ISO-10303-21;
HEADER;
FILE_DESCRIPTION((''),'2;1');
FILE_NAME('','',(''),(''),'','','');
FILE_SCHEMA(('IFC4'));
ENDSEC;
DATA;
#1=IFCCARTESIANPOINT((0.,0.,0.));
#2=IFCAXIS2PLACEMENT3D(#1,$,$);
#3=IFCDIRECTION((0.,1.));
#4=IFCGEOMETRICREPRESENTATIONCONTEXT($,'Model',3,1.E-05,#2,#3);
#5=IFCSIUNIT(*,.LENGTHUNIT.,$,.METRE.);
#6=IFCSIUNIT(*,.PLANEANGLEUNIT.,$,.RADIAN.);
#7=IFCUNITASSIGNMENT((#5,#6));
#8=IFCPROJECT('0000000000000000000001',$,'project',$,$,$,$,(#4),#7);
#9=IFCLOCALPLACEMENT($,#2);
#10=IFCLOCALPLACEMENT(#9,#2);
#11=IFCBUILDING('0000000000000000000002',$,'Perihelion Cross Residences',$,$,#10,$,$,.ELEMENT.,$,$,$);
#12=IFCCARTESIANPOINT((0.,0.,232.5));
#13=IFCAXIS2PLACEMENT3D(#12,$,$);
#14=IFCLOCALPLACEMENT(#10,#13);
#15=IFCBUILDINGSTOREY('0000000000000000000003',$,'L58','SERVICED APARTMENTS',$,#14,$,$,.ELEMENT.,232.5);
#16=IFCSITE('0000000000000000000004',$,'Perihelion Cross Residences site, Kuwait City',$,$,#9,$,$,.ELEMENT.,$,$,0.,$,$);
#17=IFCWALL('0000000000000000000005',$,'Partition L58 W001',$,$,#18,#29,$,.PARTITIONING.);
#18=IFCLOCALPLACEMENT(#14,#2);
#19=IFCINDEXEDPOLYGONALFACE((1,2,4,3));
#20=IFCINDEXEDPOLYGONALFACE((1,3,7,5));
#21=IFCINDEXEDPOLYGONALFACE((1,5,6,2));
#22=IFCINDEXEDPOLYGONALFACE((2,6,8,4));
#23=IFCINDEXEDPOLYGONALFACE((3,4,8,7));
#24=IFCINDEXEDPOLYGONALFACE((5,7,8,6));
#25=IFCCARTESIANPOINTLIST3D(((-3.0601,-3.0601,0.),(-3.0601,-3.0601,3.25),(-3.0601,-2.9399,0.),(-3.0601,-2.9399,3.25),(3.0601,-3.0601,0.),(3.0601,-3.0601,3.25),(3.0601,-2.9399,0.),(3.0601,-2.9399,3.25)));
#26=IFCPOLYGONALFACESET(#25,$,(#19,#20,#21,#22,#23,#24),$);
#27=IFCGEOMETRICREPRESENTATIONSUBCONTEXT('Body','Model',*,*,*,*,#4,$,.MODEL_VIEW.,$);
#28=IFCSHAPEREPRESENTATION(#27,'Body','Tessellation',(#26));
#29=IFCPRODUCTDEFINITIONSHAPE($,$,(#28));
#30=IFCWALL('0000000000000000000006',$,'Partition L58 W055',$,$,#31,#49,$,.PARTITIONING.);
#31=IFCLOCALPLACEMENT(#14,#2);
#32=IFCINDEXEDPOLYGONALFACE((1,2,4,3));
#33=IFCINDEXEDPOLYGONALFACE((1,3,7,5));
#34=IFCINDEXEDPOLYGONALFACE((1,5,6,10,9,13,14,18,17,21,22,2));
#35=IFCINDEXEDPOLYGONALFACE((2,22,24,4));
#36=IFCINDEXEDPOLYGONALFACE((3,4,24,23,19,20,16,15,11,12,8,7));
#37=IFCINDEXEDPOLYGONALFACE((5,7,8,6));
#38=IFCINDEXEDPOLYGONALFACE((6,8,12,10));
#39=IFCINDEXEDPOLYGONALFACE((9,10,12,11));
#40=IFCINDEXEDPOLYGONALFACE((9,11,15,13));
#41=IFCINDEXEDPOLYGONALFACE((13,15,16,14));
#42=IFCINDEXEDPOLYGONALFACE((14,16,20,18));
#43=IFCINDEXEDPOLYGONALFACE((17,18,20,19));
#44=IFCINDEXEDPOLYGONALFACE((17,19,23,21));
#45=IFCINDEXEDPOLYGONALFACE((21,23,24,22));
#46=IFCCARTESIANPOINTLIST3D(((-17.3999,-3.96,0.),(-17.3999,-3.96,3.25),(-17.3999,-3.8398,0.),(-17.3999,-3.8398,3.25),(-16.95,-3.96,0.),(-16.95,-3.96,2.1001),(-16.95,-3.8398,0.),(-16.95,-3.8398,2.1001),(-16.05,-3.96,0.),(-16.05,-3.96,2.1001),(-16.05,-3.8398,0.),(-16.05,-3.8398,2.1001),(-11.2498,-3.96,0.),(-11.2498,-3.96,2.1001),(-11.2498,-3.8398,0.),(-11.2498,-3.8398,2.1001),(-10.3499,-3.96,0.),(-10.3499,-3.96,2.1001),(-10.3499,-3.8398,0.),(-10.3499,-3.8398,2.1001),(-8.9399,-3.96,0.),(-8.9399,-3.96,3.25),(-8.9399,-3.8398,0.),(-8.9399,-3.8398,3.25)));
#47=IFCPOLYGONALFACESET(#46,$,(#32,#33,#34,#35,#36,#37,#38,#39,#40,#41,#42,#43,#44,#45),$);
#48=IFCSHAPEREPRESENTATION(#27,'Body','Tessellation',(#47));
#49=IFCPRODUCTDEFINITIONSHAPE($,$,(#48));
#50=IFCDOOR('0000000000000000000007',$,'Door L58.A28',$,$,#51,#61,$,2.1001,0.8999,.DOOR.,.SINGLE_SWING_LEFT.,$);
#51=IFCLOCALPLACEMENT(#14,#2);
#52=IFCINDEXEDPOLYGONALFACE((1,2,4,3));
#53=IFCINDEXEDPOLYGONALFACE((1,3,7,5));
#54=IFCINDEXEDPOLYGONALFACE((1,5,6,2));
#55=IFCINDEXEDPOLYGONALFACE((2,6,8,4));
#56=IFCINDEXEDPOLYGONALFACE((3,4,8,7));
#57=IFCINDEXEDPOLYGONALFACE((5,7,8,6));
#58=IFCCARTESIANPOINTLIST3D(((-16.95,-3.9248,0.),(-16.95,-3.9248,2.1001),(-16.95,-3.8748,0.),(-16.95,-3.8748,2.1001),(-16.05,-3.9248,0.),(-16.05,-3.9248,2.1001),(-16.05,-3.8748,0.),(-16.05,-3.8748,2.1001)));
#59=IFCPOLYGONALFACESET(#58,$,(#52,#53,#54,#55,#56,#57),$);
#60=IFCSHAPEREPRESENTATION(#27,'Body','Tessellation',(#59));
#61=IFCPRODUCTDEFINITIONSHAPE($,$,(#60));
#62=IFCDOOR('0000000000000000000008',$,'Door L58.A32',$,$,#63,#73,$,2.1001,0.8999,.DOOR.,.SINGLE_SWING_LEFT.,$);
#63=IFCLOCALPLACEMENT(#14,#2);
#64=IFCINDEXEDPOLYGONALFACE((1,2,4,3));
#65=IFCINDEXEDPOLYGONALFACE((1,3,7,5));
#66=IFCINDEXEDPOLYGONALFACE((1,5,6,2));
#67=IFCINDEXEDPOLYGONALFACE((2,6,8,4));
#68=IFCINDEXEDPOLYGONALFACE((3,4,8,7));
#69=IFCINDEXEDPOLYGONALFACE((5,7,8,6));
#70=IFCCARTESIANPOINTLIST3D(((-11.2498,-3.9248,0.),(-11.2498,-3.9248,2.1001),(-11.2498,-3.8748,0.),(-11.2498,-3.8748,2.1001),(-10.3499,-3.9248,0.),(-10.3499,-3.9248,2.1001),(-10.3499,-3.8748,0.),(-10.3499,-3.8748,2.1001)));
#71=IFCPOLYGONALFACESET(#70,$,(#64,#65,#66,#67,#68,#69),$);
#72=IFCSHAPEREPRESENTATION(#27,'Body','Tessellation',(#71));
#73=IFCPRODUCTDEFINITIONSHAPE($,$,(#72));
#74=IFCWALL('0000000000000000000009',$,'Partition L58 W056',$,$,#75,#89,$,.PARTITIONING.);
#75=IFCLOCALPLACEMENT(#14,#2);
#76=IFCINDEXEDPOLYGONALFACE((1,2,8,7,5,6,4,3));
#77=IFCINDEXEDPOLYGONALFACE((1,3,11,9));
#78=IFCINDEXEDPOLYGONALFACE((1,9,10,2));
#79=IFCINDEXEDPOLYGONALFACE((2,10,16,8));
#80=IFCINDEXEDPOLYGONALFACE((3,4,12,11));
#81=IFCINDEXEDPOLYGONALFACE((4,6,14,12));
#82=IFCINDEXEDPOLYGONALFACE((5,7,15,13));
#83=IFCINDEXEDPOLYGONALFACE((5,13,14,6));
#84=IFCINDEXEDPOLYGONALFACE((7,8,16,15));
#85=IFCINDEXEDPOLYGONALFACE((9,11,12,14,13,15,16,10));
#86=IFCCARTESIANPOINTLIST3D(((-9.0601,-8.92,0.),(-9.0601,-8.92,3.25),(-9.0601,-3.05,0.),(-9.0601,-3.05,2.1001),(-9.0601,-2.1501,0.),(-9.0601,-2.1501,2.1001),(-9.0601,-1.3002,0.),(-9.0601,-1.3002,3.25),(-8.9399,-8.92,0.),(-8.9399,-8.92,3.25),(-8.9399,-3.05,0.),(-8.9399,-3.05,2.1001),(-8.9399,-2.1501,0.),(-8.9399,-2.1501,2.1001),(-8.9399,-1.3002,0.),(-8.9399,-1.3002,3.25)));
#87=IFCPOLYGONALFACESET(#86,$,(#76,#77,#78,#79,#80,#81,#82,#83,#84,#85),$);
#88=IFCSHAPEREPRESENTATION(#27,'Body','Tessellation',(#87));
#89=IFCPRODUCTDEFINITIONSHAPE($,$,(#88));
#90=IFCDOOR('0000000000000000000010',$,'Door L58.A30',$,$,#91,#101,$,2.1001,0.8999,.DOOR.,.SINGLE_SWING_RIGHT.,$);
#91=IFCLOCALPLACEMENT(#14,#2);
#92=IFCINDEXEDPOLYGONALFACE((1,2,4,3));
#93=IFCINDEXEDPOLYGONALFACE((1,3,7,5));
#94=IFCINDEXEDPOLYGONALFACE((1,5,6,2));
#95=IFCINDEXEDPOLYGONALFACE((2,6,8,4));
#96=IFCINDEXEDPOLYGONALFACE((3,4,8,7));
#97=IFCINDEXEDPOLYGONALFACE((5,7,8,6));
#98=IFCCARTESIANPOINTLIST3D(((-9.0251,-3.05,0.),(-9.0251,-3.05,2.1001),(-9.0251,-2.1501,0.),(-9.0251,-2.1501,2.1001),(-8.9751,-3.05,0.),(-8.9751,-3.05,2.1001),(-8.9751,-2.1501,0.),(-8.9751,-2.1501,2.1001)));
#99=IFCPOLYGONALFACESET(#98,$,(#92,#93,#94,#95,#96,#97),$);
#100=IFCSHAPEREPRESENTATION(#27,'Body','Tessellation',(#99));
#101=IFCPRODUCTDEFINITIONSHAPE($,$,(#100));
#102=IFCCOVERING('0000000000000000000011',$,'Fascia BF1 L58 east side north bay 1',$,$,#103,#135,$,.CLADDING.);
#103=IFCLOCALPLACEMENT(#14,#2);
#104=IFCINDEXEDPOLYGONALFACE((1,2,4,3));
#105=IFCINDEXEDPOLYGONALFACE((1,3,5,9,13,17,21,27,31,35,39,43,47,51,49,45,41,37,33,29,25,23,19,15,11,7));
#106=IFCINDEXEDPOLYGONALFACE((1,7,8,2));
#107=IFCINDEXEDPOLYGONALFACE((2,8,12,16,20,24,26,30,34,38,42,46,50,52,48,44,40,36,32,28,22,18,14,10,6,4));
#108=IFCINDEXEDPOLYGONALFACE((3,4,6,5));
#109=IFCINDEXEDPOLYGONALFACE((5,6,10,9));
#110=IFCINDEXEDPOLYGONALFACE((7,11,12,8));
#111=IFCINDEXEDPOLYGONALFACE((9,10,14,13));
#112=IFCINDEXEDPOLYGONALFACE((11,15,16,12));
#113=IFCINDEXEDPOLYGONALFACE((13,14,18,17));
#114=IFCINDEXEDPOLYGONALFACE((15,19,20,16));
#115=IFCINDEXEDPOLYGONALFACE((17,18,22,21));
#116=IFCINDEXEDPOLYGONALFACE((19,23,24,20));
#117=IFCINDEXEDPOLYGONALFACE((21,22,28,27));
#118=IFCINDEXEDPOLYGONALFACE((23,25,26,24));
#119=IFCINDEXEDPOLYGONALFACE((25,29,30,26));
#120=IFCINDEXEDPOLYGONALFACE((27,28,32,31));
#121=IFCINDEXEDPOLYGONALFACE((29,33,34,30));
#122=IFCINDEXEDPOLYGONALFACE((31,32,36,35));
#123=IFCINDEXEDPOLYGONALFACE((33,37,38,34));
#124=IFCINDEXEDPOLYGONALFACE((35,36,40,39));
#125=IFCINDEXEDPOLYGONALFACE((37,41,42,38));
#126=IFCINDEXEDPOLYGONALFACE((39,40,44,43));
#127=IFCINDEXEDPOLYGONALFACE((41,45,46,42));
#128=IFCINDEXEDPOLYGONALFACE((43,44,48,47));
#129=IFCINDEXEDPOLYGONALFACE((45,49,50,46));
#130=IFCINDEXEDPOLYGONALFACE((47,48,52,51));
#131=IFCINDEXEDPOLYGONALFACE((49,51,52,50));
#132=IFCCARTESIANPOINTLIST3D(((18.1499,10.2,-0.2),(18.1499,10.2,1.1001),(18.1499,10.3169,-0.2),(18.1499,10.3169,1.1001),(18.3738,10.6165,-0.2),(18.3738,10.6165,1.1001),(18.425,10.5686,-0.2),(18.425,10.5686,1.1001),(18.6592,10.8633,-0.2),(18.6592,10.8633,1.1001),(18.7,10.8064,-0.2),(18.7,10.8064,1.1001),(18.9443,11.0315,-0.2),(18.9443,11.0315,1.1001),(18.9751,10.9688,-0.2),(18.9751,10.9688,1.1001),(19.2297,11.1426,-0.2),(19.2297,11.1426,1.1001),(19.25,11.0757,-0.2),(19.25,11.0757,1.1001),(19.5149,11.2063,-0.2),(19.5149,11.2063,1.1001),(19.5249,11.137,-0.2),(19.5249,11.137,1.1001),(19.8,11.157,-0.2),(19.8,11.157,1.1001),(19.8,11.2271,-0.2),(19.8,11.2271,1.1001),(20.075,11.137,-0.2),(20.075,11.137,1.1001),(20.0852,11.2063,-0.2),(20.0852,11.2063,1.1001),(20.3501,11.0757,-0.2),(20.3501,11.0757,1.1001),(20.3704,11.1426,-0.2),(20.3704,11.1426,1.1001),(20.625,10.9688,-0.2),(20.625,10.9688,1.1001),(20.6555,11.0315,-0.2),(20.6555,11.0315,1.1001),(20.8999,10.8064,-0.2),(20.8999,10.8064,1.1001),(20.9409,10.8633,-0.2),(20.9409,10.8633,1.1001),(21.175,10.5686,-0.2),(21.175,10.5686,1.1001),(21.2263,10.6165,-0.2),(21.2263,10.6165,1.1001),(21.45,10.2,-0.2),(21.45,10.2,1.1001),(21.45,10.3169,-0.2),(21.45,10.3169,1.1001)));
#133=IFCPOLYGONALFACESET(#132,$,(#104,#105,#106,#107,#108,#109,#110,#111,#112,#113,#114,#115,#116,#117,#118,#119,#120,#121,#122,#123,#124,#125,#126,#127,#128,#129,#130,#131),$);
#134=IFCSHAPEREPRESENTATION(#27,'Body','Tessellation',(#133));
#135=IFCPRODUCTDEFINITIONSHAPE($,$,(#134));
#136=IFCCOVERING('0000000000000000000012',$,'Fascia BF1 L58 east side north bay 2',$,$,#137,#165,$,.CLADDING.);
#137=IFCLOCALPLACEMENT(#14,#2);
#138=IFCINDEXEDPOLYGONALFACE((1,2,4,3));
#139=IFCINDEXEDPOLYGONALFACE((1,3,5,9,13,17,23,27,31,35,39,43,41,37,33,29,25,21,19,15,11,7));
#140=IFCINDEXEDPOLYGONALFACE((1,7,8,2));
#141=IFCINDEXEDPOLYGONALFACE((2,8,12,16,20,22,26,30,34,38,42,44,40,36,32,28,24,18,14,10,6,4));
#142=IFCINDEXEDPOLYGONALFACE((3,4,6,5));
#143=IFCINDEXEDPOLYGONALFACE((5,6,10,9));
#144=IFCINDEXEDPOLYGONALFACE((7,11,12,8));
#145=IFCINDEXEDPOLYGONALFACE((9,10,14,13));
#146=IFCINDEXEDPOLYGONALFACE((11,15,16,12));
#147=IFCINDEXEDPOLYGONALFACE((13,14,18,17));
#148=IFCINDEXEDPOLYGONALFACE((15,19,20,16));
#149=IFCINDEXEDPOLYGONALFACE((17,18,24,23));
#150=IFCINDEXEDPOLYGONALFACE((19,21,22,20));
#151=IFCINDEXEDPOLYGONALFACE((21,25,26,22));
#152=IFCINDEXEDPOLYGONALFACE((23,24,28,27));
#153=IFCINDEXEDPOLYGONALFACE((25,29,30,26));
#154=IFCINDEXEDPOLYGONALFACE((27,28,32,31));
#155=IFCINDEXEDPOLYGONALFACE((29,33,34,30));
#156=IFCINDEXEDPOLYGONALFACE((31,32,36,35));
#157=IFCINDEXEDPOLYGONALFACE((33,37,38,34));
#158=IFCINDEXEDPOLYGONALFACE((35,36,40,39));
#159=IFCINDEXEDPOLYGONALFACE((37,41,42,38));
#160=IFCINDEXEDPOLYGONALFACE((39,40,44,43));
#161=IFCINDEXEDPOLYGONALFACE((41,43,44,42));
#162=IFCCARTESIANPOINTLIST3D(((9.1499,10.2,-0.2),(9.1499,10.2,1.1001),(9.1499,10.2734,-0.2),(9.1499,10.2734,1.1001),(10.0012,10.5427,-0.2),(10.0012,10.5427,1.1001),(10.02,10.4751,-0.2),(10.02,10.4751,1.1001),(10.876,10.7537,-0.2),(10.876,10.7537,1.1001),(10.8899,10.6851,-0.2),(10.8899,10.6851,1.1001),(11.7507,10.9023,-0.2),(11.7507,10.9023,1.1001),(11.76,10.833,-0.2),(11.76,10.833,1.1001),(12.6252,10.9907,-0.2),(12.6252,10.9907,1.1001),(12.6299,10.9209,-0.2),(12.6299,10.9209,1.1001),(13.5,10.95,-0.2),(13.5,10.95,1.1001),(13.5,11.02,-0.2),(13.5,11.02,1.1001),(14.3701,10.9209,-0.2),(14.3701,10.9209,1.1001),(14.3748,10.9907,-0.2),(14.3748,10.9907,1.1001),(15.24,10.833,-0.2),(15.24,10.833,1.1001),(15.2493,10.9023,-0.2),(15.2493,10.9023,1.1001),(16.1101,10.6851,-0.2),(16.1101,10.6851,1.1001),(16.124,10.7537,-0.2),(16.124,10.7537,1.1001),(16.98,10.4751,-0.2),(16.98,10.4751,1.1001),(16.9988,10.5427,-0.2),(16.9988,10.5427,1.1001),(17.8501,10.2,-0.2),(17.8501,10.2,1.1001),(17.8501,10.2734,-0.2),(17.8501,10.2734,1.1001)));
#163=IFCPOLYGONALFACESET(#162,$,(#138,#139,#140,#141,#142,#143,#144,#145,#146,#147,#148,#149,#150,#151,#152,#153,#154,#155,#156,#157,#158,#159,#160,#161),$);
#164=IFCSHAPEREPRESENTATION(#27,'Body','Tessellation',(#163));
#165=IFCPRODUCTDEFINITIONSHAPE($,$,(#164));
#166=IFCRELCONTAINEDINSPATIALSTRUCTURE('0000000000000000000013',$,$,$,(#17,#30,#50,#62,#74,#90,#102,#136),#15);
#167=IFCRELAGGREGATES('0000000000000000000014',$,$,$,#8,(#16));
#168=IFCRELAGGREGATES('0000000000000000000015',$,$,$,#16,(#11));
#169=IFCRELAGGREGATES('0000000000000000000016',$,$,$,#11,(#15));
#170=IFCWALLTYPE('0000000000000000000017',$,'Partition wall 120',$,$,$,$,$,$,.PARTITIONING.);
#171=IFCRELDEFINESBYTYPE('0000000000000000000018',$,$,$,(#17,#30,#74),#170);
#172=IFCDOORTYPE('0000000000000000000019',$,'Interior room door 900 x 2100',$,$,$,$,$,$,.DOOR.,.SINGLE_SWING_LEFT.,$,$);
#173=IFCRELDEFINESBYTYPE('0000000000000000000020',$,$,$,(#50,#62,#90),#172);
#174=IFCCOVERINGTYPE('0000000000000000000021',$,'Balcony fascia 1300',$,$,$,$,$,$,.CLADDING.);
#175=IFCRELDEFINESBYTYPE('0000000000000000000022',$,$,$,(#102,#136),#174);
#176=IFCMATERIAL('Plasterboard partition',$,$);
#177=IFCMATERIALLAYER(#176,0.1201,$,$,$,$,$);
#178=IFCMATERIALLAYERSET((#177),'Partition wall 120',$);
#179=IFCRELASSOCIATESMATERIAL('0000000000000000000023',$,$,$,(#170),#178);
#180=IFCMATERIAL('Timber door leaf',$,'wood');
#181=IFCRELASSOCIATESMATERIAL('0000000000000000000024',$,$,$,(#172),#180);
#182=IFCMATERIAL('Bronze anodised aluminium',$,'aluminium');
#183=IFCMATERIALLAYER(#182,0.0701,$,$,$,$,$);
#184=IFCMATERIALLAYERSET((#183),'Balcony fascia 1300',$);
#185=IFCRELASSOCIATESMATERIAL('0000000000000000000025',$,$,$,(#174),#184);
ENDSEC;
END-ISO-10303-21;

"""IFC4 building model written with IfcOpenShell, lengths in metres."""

from ifc_helpers import new_model, si_unit, direction, frame, frame_2d, origin, place, context, subcontext, project, spatial, polyline, rectangle, outline, extrude, material, layer, layer_set, type_object, element, fill, save


model = new_model("IFC4")

# Units and contexts
model_context = context("Model", 3, precision=1e-05, world=origin(), true_north=direction((0.0, 1.0)))
body_context = subcontext(model_context, "Body", "Model", "MODEL_VIEW")
ifc_project = project(units=[si_unit("LENGTHUNIT", "METRE"), si_unit("PLANEANGLEUNIT", "RADIAN")], contexts=[model_context])

# Site, building, storey
site_placement = place(None, origin())
site = spatial("IfcSite", under=ifc_project, at=site_placement, Name="Perihelion Cross Residences site, Kuwait City", CompositionType="ELEMENT", RefElevation=0.0)
building_placement = place(site_placement, origin())
building = spatial("IfcBuilding", under=site, at=building_placement, Name="Perihelion Cross Residences", CompositionType="ELEMENT")
storey_placement = place(building_placement, frame((0.0, 0.0, 232.5)))
storey = spatial("IfcBuildingStorey", under=building, at=storey_placement, Name="L58", Description="SERVICED APARTMENTS", CompositionType="ELEMENT", Elevation=232.5)

# Wall
ifc_material_1 = material(Name="Plasterboard partition")
ifc_layer_1 = layer(ifc_material_1, 0.1201)
ifc_layer_set_1 = layer_set([ifc_layer_1], Name="Partition wall 120")
wall_type_1 = type_object("IfcWallType", Name="Partition wall 120", PredefinedType="PARTITIONING", material=ifc_layer_set_1)
wall_1_placement = place(storey_placement, frame((-3.0601, -3.0, 0.0), z_axis=(0.0, 0.0, 1.0), x_axis=(1.0, 0.0, 0.0)))
element("IfcWall", 1, at=wall_1_placement, inside=storey, type_object=wall_type_1, Name="Partition L58 W001", PredefinedType="PARTITIONING", context=body_context, shape_type="SweptSolid", body=[
    extrude(rectangle(XDim=6.1201, YDim=0.1201, at=frame_2d((3.0601, 0.0))), origin(), (0.0, 0.0, 1.0), 3.25),
])

# Wall, openings, doors
wall_2_placement = place(storey_placement, frame((-8.9399, -3.8999, 0.0), z_axis=(0.0, 0.0, 1.0), x_axis=(-1.0, 0.0, 0.0)))
wall_2 = element("IfcWall", 2, at=wall_2_placement, inside=storey, type_object=wall_type_1, Name="Partition L58 W055", PredefinedType="PARTITIONING", context=body_context, shape_type="SweptSolid", body=[
    extrude(rectangle(XDim=8.46, YDim=0.1201, at=frame_2d((4.23, 0.0))), origin(), (0.0, 0.0, 1.0), 3.25),
])
opening_1_placement = place(wall_2_placement, frame((7.1101, 0.0, 0.0)))
opening_1 = element("IfcOpeningElement", 3, at=opening_1_placement, cuts=wall_2, PredefinedType="OPENING", context=body_context, shape_type="SweptSolid", body=[
    extrude(rectangle(XDim=0.8999, YDim=2.1001, at=frame_2d((0.45, 1.05))), frame((0.0, 0.0701, 0.0), z_axis=(0.0, -1.0, 0.0), x_axis=(1.0, 0.0, 0.0)), (0.0, 0.0, 1.0), 0.1401),
])
opening_2_placement = place(wall_2_placement, frame((1.4099, 0.0, 0.0)))
opening_2 = element("IfcOpeningElement", 4, at=opening_2_placement, cuts=wall_2, PredefinedType="OPENING", context=body_context, shape_type="SweptSolid", body=[
    extrude(rectangle(XDim=0.8999, YDim=2.1001, at=frame_2d((0.45, 1.05))), frame((0.0, 0.0701, 0.0), z_axis=(0.0, -1.0, 0.0), x_axis=(1.0, 0.0, 0.0)), (0.0, 0.0, 1.0), 0.1401),
])
ifc_material_2 = material(Name="Timber door leaf", Category="wood")
door_type_1 = type_object("IfcDoorType", Name="Interior room door 900 x 2100", OperationType="SINGLE_SWING_LEFT", PredefinedType="DOOR", material=ifc_material_2)
door_1_placement = place(opening_1_placement, origin())
door_1 = element("IfcDoor", 5, at=door_1_placement, inside=storey, type_object=door_type_1, Name="Door L58.A28", OperationType="SINGLE_SWING_LEFT", OverallHeight=2.1001, OverallWidth=0.8999, PredefinedType="DOOR", context=body_context, shape_type="SweptSolid", body=[
    extrude(rectangle(XDim=0.8999, YDim=2.1001, at=frame_2d((0.45, 1.05))), frame((0.0, 0.0249, 0.0), z_axis=(0.0, -1.0, 0.0), x_axis=(1.0, 0.0, 0.0)), (0.0, 0.0, 1.0), 0.05),
])
fill(opening_1, door_1)
door_2_placement = place(opening_2_placement, origin())
door_2 = element("IfcDoor", 6, at=door_2_placement, inside=storey, type_object=door_type_1, Name="Door L58.A32", OperationType="SINGLE_SWING_LEFT", OverallHeight=2.1001, OverallWidth=0.8999, PredefinedType="DOOR", context=body_context, shape_type="SweptSolid", body=[
    extrude(rectangle(XDim=0.8999, YDim=2.1001, at=frame_2d((0.45, 1.05))), frame((0.0, 0.0249, 0.0), z_axis=(0.0, -1.0, 0.0), x_axis=(1.0, 0.0, 0.0)), (0.0, 0.0, 1.0), 0.05),
])
fill(opening_2, door_2)

# Wall, opening, door
wall_3_placement = place(storey_placement, frame((-9.0, -1.3, 0.0), z_axis=(0.0, 0.0, 1.0), x_axis=(0.0, -1.0, 0.0)))
wall_3 = element("IfcWall", 7, at=wall_3_placement, inside=storey, type_object=wall_type_1, Name="Partition L58 W056", PredefinedType="PARTITIONING", context=body_context, shape_type="SweptSolid", body=[
    extrude(rectangle(XDim=7.6199, YDim=0.1201, at=frame_2d((3.8101, 0.0))), origin(), (0.0, 0.0, 1.0), 3.25),
])
opening_3_placement = place(wall_3_placement, frame((0.8501, 0.0, 0.0)))
opening_3 = element("IfcOpeningElement", 8, at=opening_3_placement, cuts=wall_3, PredefinedType="OPENING", context=body_context, shape_type="SweptSolid", body=[
    extrude(rectangle(XDim=0.8999, YDim=2.1001, at=frame_2d((0.45, 1.05))), frame((0.0, 0.0701, 0.0), z_axis=(0.0, -1.0, 0.0), x_axis=(1.0, 0.0, 0.0)), (0.0, 0.0, 1.0), 0.1401),
])
door_3_placement = place(opening_3_placement, origin())
door_3 = element("IfcDoor", 9, at=door_3_placement, inside=storey, type_object=door_type_1, Name="Door L58.A30", OperationType="SINGLE_SWING_RIGHT", OverallHeight=2.1001, OverallWidth=0.8999, PredefinedType="DOOR", context=body_context, shape_type="SweptSolid", body=[
    extrude(rectangle(XDim=0.8999, YDim=2.1001, at=frame_2d((0.45, 1.05))), frame((0.0, 0.0249, 0.0), z_axis=(0.0, -1.0, 0.0), x_axis=(1.0, 0.0, 0.0)), (0.0, 0.0, 1.0), 0.05),
])
fill(opening_3, door_3)

# Coverings
ifc_material_3 = material(Name="Bronze anodised aluminium", Category="aluminium")
ifc_layer_2 = layer(ifc_material_3, 0.0701)
ifc_layer_set_2 = layer_set([ifc_layer_2], Name="Balcony fascia 1300")
covering_type = type_object("IfcCoveringType", Name="Balcony fascia 1300", PredefinedType="CLADDING", material=ifc_layer_set_2)
covering_1_placement = place(storey_placement, frame((0.0, 0.0, -0.2)))
element("IfcCovering", 10, at=covering_1_placement, inside=storey, type_object=covering_type, Name="Fascia BF1 L58 east side north bay 1", PredefinedType="CLADDING", context=body_context, shape_type="SweptSolid", body=[
    extrude(outline(polyline([(21.2263, 10.6165), (20.9409, 10.8633), (20.6555, 11.0315), (20.3704, 11.1426), (20.0852, 11.2063), (19.8, 11.2271), (19.5149, 11.2063), (19.2297, 11.1426), (18.9443, 11.0315), (18.6592, 10.8633), (18.3738, 10.6165), (18.1499, 10.3169), (18.1499, 10.2), (18.425, 10.5686), (18.7, 10.8064), (18.9751, 10.9688), (19.25, 11.0757), (19.5249, 11.137), (19.8, 11.157), (20.075, 11.137), (20.3501, 11.0757), (20.625, 10.9688), (20.8999, 10.8064), (21.175, 10.5686), (21.45, 10.2), (21.45, 10.3169), (21.2263, 10.6165)])), origin(), (0.0, 0.0, 1.0), 1.3),
])
covering_2_placement = place(storey_placement, frame((0.0, 0.0, -0.2)))
element("IfcCovering", 11, at=covering_2_placement, inside=storey, type_object=covering_type, Name="Fascia BF1 L58 east side north bay 2", PredefinedType="CLADDING", context=body_context, shape_type="SweptSolid", body=[
    extrude(outline(polyline([(16.9988, 10.5427), (16.124, 10.7537), (15.2493, 10.9023), (14.3748, 10.9907), (13.5, 11.02), (12.6252, 10.9907), (11.7507, 10.9023), (10.876, 10.7537), (10.0012, 10.5427), (9.1499, 10.2734), (9.1499, 10.2), (10.02, 10.4751), (10.8899, 10.6851), (11.76, 10.833), (12.6299, 10.9209), (13.5, 10.95), (14.3701, 10.9209), (15.24, 10.833), (16.1101, 10.6851), (16.98, 10.4751), (17.8501, 10.2), (17.8501, 10.2734), (16.9988, 10.5427)])), origin(), (0.0, 0.0, 1.0), 1.3),
])

save(model, "model.ifc")
